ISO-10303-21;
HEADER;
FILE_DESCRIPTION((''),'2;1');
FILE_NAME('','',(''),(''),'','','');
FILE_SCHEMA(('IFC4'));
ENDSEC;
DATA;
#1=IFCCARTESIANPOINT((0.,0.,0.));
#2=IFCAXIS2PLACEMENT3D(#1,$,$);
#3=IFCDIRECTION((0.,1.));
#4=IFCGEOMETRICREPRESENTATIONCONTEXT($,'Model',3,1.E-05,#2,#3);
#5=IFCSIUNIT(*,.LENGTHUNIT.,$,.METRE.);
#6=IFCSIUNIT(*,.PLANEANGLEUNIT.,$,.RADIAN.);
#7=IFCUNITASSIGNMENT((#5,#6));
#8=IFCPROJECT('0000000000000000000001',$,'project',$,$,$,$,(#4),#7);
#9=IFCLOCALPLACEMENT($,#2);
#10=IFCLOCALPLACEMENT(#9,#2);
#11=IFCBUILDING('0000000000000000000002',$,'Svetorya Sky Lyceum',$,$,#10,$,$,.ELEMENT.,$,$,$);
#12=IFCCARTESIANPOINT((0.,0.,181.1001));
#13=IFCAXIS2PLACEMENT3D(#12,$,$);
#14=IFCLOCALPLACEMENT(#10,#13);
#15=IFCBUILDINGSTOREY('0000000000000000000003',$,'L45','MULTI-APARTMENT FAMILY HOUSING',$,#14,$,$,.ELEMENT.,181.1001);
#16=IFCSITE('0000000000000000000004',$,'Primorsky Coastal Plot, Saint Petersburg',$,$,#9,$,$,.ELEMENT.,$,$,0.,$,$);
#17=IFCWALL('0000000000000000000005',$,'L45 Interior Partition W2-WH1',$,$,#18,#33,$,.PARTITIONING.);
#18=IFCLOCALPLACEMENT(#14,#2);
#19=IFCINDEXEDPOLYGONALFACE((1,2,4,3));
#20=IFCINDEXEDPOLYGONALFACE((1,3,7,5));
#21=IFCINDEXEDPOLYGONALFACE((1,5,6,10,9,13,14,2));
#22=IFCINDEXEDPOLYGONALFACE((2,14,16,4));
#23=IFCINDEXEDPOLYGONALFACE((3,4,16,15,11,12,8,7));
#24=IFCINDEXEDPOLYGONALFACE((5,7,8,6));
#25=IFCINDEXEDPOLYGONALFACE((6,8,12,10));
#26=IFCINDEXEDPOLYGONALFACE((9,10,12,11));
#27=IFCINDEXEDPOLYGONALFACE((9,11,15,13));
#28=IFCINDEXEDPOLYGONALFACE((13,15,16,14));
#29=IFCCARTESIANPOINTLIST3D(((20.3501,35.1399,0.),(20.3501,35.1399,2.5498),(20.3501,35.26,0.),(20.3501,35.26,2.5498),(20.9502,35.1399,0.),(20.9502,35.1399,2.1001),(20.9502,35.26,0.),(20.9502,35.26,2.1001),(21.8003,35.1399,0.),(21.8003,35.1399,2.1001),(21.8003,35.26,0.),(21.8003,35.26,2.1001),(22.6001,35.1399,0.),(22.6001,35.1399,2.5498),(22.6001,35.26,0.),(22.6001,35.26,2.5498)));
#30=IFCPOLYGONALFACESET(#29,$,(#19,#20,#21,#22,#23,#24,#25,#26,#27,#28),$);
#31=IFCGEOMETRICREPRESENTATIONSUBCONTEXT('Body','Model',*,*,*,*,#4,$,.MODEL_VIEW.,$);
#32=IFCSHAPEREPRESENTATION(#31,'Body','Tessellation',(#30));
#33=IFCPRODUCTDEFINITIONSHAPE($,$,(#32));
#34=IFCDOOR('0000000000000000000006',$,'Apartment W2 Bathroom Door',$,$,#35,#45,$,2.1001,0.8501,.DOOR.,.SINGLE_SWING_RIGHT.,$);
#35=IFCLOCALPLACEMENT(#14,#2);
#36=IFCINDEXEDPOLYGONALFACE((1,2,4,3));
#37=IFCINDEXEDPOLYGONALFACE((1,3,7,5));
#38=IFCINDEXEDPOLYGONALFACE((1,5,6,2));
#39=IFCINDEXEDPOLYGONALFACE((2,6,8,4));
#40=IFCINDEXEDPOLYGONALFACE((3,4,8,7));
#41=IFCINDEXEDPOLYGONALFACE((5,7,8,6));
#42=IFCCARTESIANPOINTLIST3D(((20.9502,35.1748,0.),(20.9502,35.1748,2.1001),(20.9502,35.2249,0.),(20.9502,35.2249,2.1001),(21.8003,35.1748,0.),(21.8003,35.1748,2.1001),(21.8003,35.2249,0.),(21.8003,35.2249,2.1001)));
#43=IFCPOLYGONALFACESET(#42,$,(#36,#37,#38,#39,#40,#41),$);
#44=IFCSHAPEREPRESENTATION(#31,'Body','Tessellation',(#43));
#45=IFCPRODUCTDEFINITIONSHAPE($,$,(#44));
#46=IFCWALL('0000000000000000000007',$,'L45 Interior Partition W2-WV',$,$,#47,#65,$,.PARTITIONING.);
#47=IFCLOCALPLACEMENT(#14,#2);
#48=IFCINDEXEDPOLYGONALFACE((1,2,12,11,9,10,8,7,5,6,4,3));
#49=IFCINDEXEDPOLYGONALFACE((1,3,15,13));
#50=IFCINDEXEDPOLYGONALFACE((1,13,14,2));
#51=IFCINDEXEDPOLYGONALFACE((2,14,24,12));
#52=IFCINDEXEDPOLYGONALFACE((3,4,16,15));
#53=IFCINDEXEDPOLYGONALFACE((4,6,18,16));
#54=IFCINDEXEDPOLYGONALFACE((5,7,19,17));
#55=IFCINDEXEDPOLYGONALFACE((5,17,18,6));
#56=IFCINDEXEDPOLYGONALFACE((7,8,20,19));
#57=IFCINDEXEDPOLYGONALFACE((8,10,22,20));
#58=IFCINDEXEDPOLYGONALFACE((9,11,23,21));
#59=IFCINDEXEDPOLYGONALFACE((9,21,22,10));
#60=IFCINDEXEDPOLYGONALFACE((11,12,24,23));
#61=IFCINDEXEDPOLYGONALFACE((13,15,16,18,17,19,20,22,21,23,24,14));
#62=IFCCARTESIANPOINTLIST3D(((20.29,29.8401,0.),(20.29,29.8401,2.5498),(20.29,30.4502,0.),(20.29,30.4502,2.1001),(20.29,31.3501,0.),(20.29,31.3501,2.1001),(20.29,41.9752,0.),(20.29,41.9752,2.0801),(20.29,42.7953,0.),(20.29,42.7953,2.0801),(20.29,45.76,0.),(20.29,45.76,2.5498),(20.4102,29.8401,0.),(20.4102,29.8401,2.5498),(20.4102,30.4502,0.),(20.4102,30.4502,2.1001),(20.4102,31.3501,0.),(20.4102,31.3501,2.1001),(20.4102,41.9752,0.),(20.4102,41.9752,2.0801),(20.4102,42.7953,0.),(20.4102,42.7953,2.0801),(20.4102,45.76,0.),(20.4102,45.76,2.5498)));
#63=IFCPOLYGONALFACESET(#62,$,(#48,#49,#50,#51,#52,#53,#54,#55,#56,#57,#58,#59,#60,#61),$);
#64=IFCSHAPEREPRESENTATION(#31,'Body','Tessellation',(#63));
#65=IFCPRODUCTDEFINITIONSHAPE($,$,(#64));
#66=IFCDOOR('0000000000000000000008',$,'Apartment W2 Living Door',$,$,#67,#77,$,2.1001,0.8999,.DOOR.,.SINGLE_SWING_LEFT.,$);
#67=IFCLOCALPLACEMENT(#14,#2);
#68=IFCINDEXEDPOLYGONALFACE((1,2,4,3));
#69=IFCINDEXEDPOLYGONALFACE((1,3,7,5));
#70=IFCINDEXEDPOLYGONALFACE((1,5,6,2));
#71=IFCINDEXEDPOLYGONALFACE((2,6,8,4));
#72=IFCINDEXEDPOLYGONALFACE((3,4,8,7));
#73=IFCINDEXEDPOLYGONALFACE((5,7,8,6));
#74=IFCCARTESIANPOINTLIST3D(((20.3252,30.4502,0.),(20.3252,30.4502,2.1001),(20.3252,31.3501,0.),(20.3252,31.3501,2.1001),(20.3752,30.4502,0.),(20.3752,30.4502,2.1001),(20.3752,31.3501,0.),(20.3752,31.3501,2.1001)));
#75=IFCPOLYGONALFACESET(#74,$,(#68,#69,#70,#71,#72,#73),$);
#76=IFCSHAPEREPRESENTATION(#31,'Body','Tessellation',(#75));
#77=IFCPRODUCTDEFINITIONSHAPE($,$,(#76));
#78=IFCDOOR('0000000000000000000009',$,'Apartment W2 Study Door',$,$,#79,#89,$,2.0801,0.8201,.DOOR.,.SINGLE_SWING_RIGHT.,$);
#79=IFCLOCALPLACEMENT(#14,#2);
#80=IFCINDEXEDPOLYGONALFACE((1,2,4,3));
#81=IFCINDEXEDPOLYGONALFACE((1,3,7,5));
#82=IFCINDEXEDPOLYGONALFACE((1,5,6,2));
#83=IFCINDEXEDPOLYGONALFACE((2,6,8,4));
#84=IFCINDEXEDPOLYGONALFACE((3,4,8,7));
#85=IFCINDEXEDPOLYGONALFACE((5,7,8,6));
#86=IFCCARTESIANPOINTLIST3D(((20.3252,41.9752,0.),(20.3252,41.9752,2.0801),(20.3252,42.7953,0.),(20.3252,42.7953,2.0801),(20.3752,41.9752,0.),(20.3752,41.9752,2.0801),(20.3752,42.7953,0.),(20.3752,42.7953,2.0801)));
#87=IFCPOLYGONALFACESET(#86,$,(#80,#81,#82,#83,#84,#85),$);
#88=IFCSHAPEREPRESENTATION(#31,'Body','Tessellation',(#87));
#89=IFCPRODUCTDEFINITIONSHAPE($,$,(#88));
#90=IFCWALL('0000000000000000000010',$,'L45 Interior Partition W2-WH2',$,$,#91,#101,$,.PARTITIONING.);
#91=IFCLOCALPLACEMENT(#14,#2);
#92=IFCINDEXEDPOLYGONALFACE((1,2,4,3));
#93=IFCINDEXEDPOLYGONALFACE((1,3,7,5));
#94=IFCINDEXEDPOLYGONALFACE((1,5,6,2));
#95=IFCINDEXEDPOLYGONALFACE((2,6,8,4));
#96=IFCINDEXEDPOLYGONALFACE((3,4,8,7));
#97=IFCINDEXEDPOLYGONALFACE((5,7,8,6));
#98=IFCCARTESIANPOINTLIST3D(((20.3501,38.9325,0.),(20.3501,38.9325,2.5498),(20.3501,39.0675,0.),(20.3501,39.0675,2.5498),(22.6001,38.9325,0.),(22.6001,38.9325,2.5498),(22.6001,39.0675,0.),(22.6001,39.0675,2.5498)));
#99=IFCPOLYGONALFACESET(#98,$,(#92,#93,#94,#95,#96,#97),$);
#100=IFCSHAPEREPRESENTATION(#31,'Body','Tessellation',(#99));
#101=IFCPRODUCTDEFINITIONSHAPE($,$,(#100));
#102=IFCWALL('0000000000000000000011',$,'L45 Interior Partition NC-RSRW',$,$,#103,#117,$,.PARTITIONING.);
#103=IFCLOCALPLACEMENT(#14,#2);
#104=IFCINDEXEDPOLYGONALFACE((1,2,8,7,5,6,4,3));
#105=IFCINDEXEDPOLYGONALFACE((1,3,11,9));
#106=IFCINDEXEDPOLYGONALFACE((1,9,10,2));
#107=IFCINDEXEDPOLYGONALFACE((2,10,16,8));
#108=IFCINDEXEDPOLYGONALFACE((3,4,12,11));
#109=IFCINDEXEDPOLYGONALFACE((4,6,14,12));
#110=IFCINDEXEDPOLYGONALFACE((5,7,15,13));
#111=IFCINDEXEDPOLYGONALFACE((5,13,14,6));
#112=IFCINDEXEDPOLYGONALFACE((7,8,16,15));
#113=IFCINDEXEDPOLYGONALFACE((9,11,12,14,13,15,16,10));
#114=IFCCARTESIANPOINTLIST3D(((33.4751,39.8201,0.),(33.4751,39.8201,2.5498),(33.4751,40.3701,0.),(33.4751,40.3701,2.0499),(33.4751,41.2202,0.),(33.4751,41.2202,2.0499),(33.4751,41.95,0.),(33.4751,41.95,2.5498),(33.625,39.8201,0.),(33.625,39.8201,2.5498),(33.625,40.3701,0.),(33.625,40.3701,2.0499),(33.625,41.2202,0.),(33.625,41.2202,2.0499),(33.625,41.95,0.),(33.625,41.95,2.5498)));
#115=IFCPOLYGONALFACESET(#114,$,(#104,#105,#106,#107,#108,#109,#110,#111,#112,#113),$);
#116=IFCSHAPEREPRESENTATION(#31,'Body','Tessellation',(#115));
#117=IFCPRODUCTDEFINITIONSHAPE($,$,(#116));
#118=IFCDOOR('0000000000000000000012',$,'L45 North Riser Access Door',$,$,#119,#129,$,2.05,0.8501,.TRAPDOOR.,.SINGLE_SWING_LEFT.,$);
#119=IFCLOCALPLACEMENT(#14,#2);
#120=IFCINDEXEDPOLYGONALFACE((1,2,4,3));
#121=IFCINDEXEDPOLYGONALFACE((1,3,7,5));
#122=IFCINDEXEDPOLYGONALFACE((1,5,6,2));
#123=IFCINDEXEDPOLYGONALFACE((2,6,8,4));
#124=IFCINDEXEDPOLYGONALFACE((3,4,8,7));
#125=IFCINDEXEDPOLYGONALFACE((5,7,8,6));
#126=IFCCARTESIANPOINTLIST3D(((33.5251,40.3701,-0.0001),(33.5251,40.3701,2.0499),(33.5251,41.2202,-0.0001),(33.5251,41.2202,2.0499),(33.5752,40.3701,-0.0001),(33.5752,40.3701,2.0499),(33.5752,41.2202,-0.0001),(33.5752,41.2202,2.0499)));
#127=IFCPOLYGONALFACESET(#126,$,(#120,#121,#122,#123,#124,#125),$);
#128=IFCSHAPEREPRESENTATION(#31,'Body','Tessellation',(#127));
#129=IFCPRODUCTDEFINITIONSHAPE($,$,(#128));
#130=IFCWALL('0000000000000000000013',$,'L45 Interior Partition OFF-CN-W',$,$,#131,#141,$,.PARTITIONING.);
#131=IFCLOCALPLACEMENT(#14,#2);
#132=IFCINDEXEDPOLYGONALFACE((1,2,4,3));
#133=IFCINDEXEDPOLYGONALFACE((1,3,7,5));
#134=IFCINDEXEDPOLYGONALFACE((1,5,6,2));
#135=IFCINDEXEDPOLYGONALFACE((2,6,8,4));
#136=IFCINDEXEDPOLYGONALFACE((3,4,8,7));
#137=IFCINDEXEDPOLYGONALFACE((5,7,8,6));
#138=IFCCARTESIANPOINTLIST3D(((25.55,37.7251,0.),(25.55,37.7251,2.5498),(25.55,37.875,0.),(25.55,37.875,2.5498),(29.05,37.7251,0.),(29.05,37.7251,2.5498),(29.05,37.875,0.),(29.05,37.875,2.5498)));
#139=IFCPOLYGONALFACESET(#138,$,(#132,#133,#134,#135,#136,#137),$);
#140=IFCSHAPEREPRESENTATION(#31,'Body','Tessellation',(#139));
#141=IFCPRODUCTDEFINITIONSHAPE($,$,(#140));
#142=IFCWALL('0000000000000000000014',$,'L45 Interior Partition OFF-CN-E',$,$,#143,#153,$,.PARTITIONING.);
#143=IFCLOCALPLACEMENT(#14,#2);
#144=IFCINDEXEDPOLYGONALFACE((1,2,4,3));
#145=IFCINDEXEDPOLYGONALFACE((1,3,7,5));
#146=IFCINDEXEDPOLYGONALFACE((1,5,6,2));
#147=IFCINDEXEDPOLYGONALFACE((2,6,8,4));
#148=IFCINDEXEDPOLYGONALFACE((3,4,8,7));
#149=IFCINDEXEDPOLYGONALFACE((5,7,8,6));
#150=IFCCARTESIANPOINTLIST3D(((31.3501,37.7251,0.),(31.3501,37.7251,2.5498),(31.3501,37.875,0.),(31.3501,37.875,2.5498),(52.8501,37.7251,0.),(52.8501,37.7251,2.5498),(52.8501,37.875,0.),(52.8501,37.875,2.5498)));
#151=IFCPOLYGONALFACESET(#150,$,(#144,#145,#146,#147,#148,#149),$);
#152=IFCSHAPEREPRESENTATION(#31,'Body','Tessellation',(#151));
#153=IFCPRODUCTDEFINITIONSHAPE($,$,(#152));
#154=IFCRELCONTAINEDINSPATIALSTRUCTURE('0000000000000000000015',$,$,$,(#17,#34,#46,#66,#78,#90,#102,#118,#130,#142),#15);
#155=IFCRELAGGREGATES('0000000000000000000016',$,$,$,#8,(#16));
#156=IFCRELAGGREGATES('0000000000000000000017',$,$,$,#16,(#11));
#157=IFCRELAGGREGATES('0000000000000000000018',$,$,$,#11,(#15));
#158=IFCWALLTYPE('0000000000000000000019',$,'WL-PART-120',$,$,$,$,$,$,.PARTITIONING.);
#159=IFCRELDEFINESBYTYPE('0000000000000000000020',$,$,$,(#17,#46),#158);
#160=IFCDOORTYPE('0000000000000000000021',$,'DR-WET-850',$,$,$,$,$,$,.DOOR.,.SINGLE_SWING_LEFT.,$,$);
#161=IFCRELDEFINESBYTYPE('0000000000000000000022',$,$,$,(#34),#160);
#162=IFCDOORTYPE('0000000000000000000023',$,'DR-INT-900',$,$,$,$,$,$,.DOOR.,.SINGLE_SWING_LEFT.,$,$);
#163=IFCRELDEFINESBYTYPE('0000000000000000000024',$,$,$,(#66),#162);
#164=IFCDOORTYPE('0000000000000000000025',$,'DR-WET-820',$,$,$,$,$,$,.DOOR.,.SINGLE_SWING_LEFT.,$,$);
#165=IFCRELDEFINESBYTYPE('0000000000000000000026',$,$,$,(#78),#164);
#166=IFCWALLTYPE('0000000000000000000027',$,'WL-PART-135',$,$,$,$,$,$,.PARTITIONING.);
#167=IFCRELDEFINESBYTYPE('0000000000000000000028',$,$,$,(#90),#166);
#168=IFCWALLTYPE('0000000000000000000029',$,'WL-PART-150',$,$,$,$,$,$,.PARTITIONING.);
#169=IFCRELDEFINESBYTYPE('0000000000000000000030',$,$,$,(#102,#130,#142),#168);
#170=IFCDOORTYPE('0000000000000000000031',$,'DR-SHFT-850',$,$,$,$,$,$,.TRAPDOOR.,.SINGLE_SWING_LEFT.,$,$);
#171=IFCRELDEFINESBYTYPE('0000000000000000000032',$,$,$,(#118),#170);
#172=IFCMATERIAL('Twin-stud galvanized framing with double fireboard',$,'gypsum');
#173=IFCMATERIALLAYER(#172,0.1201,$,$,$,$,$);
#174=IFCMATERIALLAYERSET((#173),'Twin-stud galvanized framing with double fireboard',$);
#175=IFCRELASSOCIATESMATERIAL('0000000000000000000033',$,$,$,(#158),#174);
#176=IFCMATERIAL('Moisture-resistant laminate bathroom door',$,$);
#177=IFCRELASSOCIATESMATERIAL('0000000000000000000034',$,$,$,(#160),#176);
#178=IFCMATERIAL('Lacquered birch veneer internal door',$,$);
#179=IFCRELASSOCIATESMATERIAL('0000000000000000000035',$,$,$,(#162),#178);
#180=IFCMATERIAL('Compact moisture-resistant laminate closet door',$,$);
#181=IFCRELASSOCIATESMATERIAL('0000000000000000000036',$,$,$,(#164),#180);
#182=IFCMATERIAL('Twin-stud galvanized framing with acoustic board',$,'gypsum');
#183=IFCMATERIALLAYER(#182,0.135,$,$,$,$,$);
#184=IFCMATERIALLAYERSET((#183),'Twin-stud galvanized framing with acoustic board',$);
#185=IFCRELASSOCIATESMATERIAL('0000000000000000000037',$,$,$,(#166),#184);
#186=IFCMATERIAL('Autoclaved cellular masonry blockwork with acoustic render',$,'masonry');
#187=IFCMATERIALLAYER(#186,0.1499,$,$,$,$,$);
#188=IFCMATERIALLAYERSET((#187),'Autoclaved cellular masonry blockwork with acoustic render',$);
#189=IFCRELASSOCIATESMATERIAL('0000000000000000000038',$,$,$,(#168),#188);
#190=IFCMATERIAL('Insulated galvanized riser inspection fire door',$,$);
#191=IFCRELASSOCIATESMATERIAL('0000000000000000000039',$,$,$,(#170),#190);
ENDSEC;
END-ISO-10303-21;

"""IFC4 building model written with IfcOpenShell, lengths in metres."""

from ifc_helpers import new_model, si_unit, direction, frame, frame_2d, origin, place, context, subcontext, project, spatial, rectangle, extrude, material, layer, layer_set, type_object, element, fill, save


model = new_model("IFC4")

# Units and contexts
model_context = context("Model", 3, precision=1e-05, world=origin(), true_north=direction((0.0, 1.0)))
body_context = subcontext(model_context, "Body", "Model", "MODEL_VIEW")
ifc_project = project(units=[si_unit("LENGTHUNIT", "METRE"), si_unit("PLANEANGLEUNIT", "RADIAN")], contexts=[model_context])

# Site, building, storey
site_placement = place(None, origin())
site = spatial("IfcSite", under=ifc_project, at=site_placement, Name="Primorsky Coastal Plot, Saint Petersburg", CompositionType="ELEMENT", RefElevation=0.0)
building_placement = place(site_placement, origin())
building = spatial("IfcBuilding", under=site, at=building_placement, Name="Svetorya Sky Lyceum", CompositionType="ELEMENT")
storey_placement = place(building_placement, frame((0.0, 0.0, 181.1001)))
storey = spatial("IfcBuildingStorey", under=building, at=storey_placement, Name="L45", Description="MULTI-APARTMENT FAMILY HOUSING", CompositionType="ELEMENT", Elevation=181.1001)

# Wall, opening, door
ifc_material_1 = material(Name="Twin-stud galvanized framing with double fireboard", Category="gypsum")
ifc_layer_1 = layer(ifc_material_1, 0.1201)
ifc_layer_set_1 = layer_set([ifc_layer_1], Name="Twin-stud galvanized framing with double fireboard")
wall_type_1 = type_object("IfcWallType", Name="WL-PART-120", PredefinedType="PARTITIONING", material=ifc_layer_set_1)
wall_1_placement = place(storey_placement, frame((20.3501, 35.2, 0.0), z_axis=(0.0, 0.0, 1.0), x_axis=(1.0, 0.0, 0.0)))
wall_1 = element("IfcWall", 1, at=wall_1_placement, inside=storey, type_object=wall_type_1, Name="L45 Interior Partition W2-WH1", PredefinedType="PARTITIONING", context=body_context, shape_type="SweptSolid", body=[
    extrude(rectangle(XDim=2.25, YDim=0.1201, at=frame_2d((1.125, 0.0))), origin(), (0.0, 0.0, 1.0), 2.5498),
])
opening_1_placement = place(wall_1_placement, frame((0.6001, 0.0, 0.0)))
opening_1 = element("IfcOpeningElement", 2, at=opening_1_placement, cuts=wall_1, PredefinedType="OPENING", context=body_context, shape_type="SweptSolid", body=[
    extrude(rectangle(XDim=0.8501, YDim=2.1001, at=frame_2d((0.425, 1.05))), frame((0.0, 0.0701, 0.0), z_axis=(0.0, -1.0, 0.0), x_axis=(1.0, 0.0, 0.0)), (0.0, 0.0, 1.0), 0.1401),
])
ifc_material_2 = material(Name="Moisture-resistant laminate bathroom door")
door_type_1 = type_object("IfcDoorType", Name="DR-WET-850", OperationType="SINGLE_SWING_LEFT", PredefinedType="DOOR", material=ifc_material_2)
door_1_placement = place(opening_1_placement, origin())
door_1 = element("IfcDoor", 3, at=door_1_placement, inside=storey, type_object=door_type_1, Name="Apartment W2 Bathroom Door", OperationType="SINGLE_SWING_RIGHT", OverallHeight=2.1001, OverallWidth=0.8501, PredefinedType="DOOR", context=body_context, shape_type="SweptSolid", body=[
    extrude(rectangle(XDim=0.8501, YDim=2.1001, at=frame_2d((0.425, 1.05))), frame((0.0, 0.0249, 0.0), z_axis=(0.0, -1.0, 0.0), x_axis=(1.0, 0.0, 0.0)), (0.0, 0.0, 1.0), 0.05),
])
fill(opening_1, door_1)

# Wall, openings, doors
wall_2_placement = place(storey_placement, frame((20.3501, 29.8401, 0.0), z_axis=(0.0, 0.0, 1.0), x_axis=(0.0, 1.0, 0.0)))
wall_2 = element("IfcWall", 4, at=wall_2_placement, inside=storey, type_object=wall_type_1, Name="L45 Interior Partition W2-WV", PredefinedType="PARTITIONING", context=body_context, shape_type="SweptSolid", body=[
    extrude(rectangle(XDim=15.9199, YDim=0.1201, at=frame_2d((7.96, 0.0))), origin(), (0.0, 0.0, 1.0), 2.5498),
])
opening_2_placement = place(wall_2_placement, frame((0.6101, 0.0, 0.0)))
opening_2 = element("IfcOpeningElement", 5, at=opening_2_placement, cuts=wall_2, PredefinedType="OPENING", context=body_context, shape_type="SweptSolid", body=[
    extrude(rectangle(XDim=0.8999, YDim=2.1001, at=frame_2d((0.45, 1.05))), frame((0.0, 0.0701, 0.0), z_axis=(0.0, -1.0, 0.0), x_axis=(1.0, 0.0, 0.0)), (0.0, 0.0, 1.0), 0.1401),
])
opening_3_placement = place(wall_2_placement, frame((12.135, 0.0, 0.0)))
opening_3 = element("IfcOpeningElement", 6, at=opening_3_placement, cuts=wall_2, PredefinedType="OPENING", context=body_context, shape_type="SweptSolid", body=[
    extrude(rectangle(XDim=0.8201, YDim=2.0801, at=frame_2d((0.4102, 1.04))), frame((0.0, 0.0701, 0.0), z_axis=(0.0, -1.0, 0.0), x_axis=(1.0, 0.0, 0.0)), (0.0, 0.0, 1.0), 0.1401),
])
ifc_material_3 = material(Name="Lacquered birch veneer internal door")
door_type_2 = type_object("IfcDoorType", Name="DR-INT-900", OperationType="SINGLE_SWING_LEFT", PredefinedType="DOOR", material=ifc_material_3)
door_2_placement = place(opening_2_placement, origin())
door_2 = element("IfcDoor", 7, at=door_2_placement, inside=storey, type_object=door_type_2, Name="Apartment W2 Living Door", OperationType="SINGLE_SWING_LEFT", OverallHeight=2.1001, OverallWidth=0.8999, PredefinedType="DOOR", context=body_context, shape_type="SweptSolid", body=[
    extrude(rectangle(XDim=0.8999, YDim=2.1001, at=frame_2d((0.45, 1.05))), frame((0.0, 0.0249, 0.0), z_axis=(0.0, -1.0, 0.0), x_axis=(1.0, 0.0, 0.0)), (0.0, 0.0, 1.0), 0.05),
])
fill(opening_2, door_2)
ifc_material_4 = material(Name="Compact moisture-resistant laminate closet door")
door_type_3 = type_object("IfcDoorType", Name="DR-WET-820", OperationType="SINGLE_SWING_LEFT", PredefinedType="DOOR", material=ifc_material_4)
door_3_placement = place(opening_3_placement, origin())
door_3 = element("IfcDoor", 8, at=door_3_placement, inside=storey, type_object=door_type_3, Name="Apartment W2 Study Door", OperationType="SINGLE_SWING_RIGHT", OverallHeight=2.0801, OverallWidth=0.8201, PredefinedType="DOOR", context=body_context, shape_type="SweptSolid", body=[
    extrude(rectangle(XDim=0.8201, YDim=2.0801, at=frame_2d((0.4102, 1.04))), frame((0.0, 0.0249, 0.0), z_axis=(0.0, -1.0, 0.0), x_axis=(1.0, 0.0, 0.0)), (0.0, 0.0, 1.0), 0.05),
])
fill(opening_3, door_3)

# Wall
ifc_material_5 = material(Name="Twin-stud galvanized framing with acoustic board", Category="gypsum")
ifc_layer_2 = layer(ifc_material_5, 0.135)
ifc_layer_set_2 = layer_set([ifc_layer_2], Name="Twin-stud galvanized framing with acoustic board")
wall_type_2 = type_object("IfcWallType", Name="WL-PART-135", PredefinedType="PARTITIONING", material=ifc_layer_set_2)
wall_3_placement = place(storey_placement, frame((20.3501, 39.0, 0.0), z_axis=(0.0, 0.0, 1.0), x_axis=(1.0, 0.0, 0.0)))
element("IfcWall", 9, at=wall_3_placement, inside=storey, type_object=wall_type_2, Name="L45 Interior Partition W2-WH2", PredefinedType="PARTITIONING", context=body_context, shape_type="SweptSolid", body=[
    extrude(rectangle(XDim=2.25, YDim=0.135, at=frame_2d((1.125, 0.0))), origin(), (0.0, 0.0, 1.0), 2.5498),
])

# Wall, opening, door
ifc_material_6 = material(Name="Autoclaved cellular masonry blockwork with acoustic render", Category="masonry")
ifc_layer_3 = layer(ifc_material_6, 0.1499)
ifc_layer_set_3 = layer_set([ifc_layer_3], Name="Autoclaved cellular masonry blockwork with acoustic render")
wall_type_3 = type_object("IfcWallType", Name="WL-PART-150", PredefinedType="PARTITIONING", material=ifc_layer_set_3)
wall_4_placement = place(storey_placement, frame((33.55, 39.8201, 0.0), z_axis=(0.0, 0.0, 1.0), x_axis=(0.0, 1.0, 0.0)))
wall_4 = element("IfcWall", 10, at=wall_4_placement, inside=storey, type_object=wall_type_3, Name="L45 Interior Partition NC-RSRW", PredefinedType="PARTITIONING", context=body_context, shape_type="SweptSolid", body=[
    extrude(rectangle(XDim=2.1299, YDim=0.1499, at=frame_2d((1.0649, 0.0))), origin(), (0.0, 0.0, 1.0), 2.5498),
])
opening_4_placement = place(wall_4_placement, frame((0.55, 0.0, 0.0)))
opening_4 = element("IfcOpeningElement", 11, at=opening_4_placement, cuts=wall_4, PredefinedType="OPENING", context=body_context, shape_type="SweptSolid", body=[
    extrude(rectangle(XDim=0.8501, YDim=2.05, at=frame_2d((0.425, 1.0249))), frame((0.0, 0.085, 0.0), z_axis=(0.0, -1.0, 0.0), x_axis=(1.0, 0.0, 0.0)), (0.0, 0.0, 1.0), 0.1699),
])
ifc_material_7 = material(Name="Insulated galvanized riser inspection fire door")
door_type_4 = type_object("IfcDoorType", Name="DR-SHFT-850", OperationType="SINGLE_SWING_LEFT", PredefinedType="TRAPDOOR", material=ifc_material_7)
door_4_placement = place(opening_4_placement, origin())
door_4 = element("IfcDoor", 12, at=door_4_placement, inside=storey, type_object=door_type_4, Name="L45 North Riser Access Door", OperationType="SINGLE_SWING_LEFT", OverallHeight=2.05, OverallWidth=0.8501, PredefinedType="TRAPDOOR", context=body_context, shape_type="SweptSolid", body=[
    extrude(rectangle(XDim=0.8501, YDim=2.05, at=frame_2d((0.425, 1.0249))), frame((0.0, 0.0249, 0.0), z_axis=(0.0, -1.0, 0.0), x_axis=(1.0, 0.0, 0.0)), (0.0, 0.0, 1.0), 0.05),
])
fill(opening_4, door_4)

# Walls
wall_5_placement = place(storey_placement, frame((25.55, 37.8, 0.0), z_axis=(0.0, 0.0, 1.0), x_axis=(1.0, 0.0, 0.0)))
element("IfcWall", 13, at=wall_5_placement, inside=storey, type_object=wall_type_3, Name="L45 Interior Partition OFF-CN-W", PredefinedType="PARTITIONING", context=body_context, shape_type="SweptSolid", body=[
    extrude(rectangle(XDim=3.5, YDim=0.1499, at=frame_2d((1.75, 0.0))), origin(), (0.0, 0.0, 1.0), 2.5498),
])
wall_6_placement = place(storey_placement, frame((31.3501, 37.8, 0.0), z_axis=(0.0, 0.0, 1.0), x_axis=(1.0, 0.0, 0.0)))
element("IfcWall", 14, at=wall_6_placement, inside=storey, type_object=wall_type_3, Name="L45 Interior Partition OFF-CN-E", PredefinedType="PARTITIONING", context=body_context, shape_type="SweptSolid", body=[
    extrude(rectangle(XDim=21.5, YDim=0.1499, at=frame_2d((10.75, 0.0))), origin(), (0.0, 0.0, 1.0), 2.5498),
])

save(model, "model.ifc")
